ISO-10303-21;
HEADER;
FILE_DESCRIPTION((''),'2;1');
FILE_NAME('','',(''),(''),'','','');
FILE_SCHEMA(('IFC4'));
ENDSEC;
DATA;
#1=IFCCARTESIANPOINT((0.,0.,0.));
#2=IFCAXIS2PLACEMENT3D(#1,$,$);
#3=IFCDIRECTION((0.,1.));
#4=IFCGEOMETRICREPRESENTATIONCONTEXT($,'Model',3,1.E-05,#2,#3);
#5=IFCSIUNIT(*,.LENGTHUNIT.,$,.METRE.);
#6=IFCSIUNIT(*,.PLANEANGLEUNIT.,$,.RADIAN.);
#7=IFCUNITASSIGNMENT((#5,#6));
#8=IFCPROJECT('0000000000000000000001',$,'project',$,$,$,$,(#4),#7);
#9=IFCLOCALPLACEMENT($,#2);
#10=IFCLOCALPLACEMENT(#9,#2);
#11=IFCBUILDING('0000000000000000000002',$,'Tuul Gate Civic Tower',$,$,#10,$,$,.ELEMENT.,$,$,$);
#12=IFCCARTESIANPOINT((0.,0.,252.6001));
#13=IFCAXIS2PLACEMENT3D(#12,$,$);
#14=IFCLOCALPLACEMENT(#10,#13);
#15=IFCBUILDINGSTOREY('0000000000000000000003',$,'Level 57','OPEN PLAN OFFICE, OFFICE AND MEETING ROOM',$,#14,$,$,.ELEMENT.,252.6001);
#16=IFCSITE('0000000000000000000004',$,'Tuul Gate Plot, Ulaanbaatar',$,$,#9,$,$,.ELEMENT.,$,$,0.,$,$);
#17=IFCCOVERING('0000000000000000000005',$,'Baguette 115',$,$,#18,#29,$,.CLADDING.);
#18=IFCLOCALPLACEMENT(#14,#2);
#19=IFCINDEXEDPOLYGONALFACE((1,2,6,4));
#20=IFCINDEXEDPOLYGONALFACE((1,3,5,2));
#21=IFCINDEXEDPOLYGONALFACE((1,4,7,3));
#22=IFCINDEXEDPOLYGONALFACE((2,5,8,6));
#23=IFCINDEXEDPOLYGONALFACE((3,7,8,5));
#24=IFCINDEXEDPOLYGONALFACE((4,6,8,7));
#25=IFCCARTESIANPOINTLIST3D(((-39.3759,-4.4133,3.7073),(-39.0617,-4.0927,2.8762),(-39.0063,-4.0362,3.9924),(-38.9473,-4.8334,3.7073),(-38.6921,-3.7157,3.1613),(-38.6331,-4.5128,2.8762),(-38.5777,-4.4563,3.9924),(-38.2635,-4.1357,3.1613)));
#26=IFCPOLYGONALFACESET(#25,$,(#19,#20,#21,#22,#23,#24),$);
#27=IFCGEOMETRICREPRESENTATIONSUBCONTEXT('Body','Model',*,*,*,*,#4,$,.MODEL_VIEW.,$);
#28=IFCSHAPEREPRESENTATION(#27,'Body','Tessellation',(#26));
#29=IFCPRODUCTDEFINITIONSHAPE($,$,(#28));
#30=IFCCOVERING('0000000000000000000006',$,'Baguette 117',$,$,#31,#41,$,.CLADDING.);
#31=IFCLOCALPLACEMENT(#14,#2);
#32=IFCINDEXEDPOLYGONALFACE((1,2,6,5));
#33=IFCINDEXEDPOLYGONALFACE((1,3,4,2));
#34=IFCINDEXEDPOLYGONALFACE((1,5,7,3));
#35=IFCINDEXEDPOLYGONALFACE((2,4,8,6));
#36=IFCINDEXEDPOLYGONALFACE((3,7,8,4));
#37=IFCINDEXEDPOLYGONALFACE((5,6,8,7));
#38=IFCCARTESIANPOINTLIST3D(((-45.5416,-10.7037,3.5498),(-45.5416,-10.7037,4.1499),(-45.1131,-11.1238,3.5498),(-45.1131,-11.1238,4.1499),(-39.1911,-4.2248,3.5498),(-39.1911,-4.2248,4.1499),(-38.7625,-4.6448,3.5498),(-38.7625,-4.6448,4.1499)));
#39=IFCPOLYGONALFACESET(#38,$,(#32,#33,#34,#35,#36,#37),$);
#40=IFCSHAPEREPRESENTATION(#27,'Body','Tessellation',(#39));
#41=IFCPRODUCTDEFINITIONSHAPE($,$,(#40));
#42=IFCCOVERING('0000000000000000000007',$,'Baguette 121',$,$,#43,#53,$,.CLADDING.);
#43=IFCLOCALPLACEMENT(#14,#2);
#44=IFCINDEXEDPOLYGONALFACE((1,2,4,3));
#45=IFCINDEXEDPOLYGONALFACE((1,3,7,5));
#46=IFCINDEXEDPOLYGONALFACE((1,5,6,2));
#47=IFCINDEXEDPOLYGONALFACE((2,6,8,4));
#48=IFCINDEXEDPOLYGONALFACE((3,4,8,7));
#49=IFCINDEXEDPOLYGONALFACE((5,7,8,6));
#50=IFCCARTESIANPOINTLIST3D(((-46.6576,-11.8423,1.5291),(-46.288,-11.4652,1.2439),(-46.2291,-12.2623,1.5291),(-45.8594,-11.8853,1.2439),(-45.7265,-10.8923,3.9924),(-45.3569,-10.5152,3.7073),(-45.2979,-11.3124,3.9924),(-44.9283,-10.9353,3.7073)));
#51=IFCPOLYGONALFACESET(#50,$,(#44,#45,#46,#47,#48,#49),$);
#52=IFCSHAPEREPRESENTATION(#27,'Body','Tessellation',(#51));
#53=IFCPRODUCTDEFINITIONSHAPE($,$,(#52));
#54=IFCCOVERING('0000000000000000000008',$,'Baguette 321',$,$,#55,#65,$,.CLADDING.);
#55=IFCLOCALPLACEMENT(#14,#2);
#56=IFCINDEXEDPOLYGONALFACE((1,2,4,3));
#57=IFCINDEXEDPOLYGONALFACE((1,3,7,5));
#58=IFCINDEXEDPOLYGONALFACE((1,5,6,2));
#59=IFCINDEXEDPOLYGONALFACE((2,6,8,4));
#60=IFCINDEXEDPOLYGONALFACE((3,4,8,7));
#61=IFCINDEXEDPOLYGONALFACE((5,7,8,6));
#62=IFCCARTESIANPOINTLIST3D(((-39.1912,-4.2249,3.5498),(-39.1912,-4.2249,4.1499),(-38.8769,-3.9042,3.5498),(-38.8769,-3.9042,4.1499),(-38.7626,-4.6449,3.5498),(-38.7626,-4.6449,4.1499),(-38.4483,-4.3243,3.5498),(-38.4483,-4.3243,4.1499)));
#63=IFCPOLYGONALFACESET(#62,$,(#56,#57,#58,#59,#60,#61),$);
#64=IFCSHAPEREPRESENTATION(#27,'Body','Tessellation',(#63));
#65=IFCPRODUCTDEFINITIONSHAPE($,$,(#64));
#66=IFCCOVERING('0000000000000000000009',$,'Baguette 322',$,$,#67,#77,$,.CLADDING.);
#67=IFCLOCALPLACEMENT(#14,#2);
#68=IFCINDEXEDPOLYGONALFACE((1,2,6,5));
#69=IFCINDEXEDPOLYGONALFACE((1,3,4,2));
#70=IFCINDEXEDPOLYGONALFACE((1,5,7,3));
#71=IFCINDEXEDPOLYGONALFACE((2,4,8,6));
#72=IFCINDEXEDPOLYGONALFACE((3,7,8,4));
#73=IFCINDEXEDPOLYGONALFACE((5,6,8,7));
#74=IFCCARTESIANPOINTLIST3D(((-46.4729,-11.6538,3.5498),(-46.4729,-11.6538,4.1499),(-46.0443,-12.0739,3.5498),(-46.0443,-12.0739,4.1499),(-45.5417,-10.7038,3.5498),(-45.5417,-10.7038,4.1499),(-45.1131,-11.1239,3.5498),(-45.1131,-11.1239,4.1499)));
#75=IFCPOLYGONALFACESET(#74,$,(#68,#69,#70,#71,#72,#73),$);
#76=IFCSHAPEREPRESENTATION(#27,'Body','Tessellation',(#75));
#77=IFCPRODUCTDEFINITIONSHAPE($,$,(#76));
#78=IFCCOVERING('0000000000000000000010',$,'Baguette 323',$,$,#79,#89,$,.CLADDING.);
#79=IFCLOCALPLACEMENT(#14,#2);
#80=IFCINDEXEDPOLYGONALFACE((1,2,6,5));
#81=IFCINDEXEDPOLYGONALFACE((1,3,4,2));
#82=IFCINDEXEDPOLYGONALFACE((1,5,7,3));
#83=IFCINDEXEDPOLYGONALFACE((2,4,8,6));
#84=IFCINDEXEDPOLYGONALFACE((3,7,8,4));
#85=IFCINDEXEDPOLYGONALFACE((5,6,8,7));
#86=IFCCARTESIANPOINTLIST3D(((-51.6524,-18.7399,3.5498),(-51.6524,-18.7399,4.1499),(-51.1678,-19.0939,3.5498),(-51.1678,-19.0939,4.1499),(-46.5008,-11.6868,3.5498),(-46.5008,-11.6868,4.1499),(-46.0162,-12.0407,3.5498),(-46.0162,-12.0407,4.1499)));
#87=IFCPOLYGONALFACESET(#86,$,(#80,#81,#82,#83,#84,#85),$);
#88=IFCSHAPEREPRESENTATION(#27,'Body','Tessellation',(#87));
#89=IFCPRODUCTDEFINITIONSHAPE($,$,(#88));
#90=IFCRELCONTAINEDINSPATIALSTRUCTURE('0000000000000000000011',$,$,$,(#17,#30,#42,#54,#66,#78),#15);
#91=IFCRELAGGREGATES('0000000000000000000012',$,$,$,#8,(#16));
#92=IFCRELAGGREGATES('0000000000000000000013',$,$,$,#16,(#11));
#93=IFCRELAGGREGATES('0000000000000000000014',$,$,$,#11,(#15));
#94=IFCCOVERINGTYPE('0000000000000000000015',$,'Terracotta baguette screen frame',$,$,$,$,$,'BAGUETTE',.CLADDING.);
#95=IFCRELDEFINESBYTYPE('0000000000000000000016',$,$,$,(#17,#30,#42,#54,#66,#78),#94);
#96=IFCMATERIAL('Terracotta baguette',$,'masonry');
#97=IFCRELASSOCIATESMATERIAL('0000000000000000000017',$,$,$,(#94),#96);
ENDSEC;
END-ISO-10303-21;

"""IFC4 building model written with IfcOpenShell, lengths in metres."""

from ifc_helpers import new_model, si_unit, direction, frame, origin, origin_2d, place, context, subcontext, project, spatial, rectangle, extrude, material, material_profile, profile_set, type_object, element, save


model = new_model("IFC4")

# Units and contexts
model_context = context("Model", 3, precision=1e-05, world=origin(), true_north=direction((0.0, 1.0)))
body_context = subcontext(model_context, "Body", "Model", "MODEL_VIEW")
ifc_project = project(units=[si_unit("LENGTHUNIT", "METRE"), si_unit("PLANEANGLEUNIT", "RADIAN")], contexts=[model_context])

# Site, building, storey
site_placement = place(None, origin())
site = spatial("IfcSite", under=ifc_project, at=site_placement, Name="Tuul Gate Plot, Ulaanbaatar", CompositionType="ELEMENT", RefElevation=0.0)
building_placement = place(site_placement, origin())
building = spatial("IfcBuilding", under=site, at=building_placement, Name="Tuul Gate Civic Tower", CompositionType="ELEMENT")
storey_placement = place(building_placement, frame((0.0, 0.0, 252.6001)))
storey = spatial("IfcBuildingStorey", under=building, at=storey_placement, Name="Level 57", Description="OPEN PLAN OFFICE, OFFICE AND MEETING ROOM", CompositionType="ELEMENT", Elevation=252.6001)

# Coverings
ifc_material_1 = material(Name="Terracotta baguette", Category="masonry")
ifc_material_profile_1 = material_profile(ifc_material_1, rectangle(XDim=0.6001, YDim=0.6001, at=origin_2d()), Name="Terracotta baguette screen frame")
ifc_profile_set_1 = profile_set([ifc_material_profile_1], Name="Terracotta baguette")
covering_type = type_object("IfcCoveringType", Name="Terracotta baguette screen frame", ElementType="BAGUETTE", PredefinedType="CLADDING", material=ifc_profile_set_1)
covering_1_placement = place(storey_placement, frame((-38.9768, -4.4348, 3.8499), z_axis=(0.332662, 0.339382, -0.879861), x_axis=(-0.714142, 0.700001, 0.0)))
element("IfcCovering", 1, at=covering_1_placement, inside=storey, type_object=covering_type, Name="Baguette 115", PredefinedType="CLADDING", context=body_context, shape_type="SweptSolid", body=[
    extrude(rectangle(XDim=0.6001, YDim=0.6001, at=origin_2d()), origin(), (0.0, 0.0, 1.0), 0.9446),
])
covering_2_placement = place(storey_placement, frame((-38.9768, -4.4348, 3.8499), z_axis=(-0.699994, -0.714149, 0.0), x_axis=(0.714149, -0.699994, 0.0)))
element("IfcCovering", 2, at=covering_2_placement, inside=storey, type_object=covering_type, Name="Baguette 117", PredefinedType="CLADDING", context=body_context, shape_type="SweptSolid", body=[
    extrude(rectangle(XDim=0.6001, YDim=0.6001, at=origin_2d()), origin(), (0.0, 0.0, 1.0), 9.0723),
])
covering_3_placement = place(storey_placement, frame((-45.3274, -10.9138, 3.8499), z_axis=(-0.332603, -0.339318, -0.879908), x_axis=(0.714138, -0.700005, 0.0)))
element("IfcCovering", 3, at=covering_3_placement, inside=storey, type_object=covering_type, Name="Baguette 121", PredefinedType="CLADDING", context=body_context, shape_type="SweptSolid", body=[
    extrude(rectangle(XDim=0.6001, YDim=0.6001, at=origin_2d()), origin(), (0.0, 0.0, 1.0), 2.7996),
])
covering_4_placement = place(storey_placement, frame((-38.6626, -4.1143, 3.8499), z_axis=(-0.700001, -0.714142, 0.0), x_axis=(0.714142, -0.700001, 0.0)))
element("IfcCovering", 4, at=covering_4_placement, inside=storey, type_object=covering_type, Name="Baguette 321", PredefinedType="CLADDING", context=body_context, shape_type="SweptSolid", body=[
    extrude(rectangle(XDim=0.6001, YDim=0.6001, at=origin_2d()), origin(), (0.0, 0.0, 1.0), 0.449),
])
covering_5_placement = place(storey_placement, frame((-45.3274, -10.9138, 3.8499), z_axis=(-0.700005, -0.714138, 0.0), x_axis=(0.714138, -0.700005, 0.0)))
element("IfcCovering", 5, at=covering_5_placement, inside=storey, type_object=covering_type, Name="Baguette 322", PredefinedType="CLADDING", context=body_context, shape_type="SweptSolid", body=[
    extrude(rectangle(XDim=0.6001, YDim=0.6001, at=origin_2d()), origin(), (0.0, 0.0, 1.0), 1.3303),
])
covering_6_placement = place(storey_placement, frame((-46.2585, -11.8638, 3.8499), z_axis=(-0.589818, -0.807537, 0.0), x_axis=(0.807537, -0.589818, 0.0)))
element("IfcCovering", 6, at=covering_6_placement, inside=storey, type_object=covering_type, Name="Baguette 323", PredefinedType="CLADDING", context=body_context, shape_type="SweptSolid", body=[
    extrude(rectangle(XDim=0.6001, YDim=0.6001, at=origin_2d()), origin(), (0.0, 0.0, 1.0), 8.7341),
])

save(model, "model.ifc")
